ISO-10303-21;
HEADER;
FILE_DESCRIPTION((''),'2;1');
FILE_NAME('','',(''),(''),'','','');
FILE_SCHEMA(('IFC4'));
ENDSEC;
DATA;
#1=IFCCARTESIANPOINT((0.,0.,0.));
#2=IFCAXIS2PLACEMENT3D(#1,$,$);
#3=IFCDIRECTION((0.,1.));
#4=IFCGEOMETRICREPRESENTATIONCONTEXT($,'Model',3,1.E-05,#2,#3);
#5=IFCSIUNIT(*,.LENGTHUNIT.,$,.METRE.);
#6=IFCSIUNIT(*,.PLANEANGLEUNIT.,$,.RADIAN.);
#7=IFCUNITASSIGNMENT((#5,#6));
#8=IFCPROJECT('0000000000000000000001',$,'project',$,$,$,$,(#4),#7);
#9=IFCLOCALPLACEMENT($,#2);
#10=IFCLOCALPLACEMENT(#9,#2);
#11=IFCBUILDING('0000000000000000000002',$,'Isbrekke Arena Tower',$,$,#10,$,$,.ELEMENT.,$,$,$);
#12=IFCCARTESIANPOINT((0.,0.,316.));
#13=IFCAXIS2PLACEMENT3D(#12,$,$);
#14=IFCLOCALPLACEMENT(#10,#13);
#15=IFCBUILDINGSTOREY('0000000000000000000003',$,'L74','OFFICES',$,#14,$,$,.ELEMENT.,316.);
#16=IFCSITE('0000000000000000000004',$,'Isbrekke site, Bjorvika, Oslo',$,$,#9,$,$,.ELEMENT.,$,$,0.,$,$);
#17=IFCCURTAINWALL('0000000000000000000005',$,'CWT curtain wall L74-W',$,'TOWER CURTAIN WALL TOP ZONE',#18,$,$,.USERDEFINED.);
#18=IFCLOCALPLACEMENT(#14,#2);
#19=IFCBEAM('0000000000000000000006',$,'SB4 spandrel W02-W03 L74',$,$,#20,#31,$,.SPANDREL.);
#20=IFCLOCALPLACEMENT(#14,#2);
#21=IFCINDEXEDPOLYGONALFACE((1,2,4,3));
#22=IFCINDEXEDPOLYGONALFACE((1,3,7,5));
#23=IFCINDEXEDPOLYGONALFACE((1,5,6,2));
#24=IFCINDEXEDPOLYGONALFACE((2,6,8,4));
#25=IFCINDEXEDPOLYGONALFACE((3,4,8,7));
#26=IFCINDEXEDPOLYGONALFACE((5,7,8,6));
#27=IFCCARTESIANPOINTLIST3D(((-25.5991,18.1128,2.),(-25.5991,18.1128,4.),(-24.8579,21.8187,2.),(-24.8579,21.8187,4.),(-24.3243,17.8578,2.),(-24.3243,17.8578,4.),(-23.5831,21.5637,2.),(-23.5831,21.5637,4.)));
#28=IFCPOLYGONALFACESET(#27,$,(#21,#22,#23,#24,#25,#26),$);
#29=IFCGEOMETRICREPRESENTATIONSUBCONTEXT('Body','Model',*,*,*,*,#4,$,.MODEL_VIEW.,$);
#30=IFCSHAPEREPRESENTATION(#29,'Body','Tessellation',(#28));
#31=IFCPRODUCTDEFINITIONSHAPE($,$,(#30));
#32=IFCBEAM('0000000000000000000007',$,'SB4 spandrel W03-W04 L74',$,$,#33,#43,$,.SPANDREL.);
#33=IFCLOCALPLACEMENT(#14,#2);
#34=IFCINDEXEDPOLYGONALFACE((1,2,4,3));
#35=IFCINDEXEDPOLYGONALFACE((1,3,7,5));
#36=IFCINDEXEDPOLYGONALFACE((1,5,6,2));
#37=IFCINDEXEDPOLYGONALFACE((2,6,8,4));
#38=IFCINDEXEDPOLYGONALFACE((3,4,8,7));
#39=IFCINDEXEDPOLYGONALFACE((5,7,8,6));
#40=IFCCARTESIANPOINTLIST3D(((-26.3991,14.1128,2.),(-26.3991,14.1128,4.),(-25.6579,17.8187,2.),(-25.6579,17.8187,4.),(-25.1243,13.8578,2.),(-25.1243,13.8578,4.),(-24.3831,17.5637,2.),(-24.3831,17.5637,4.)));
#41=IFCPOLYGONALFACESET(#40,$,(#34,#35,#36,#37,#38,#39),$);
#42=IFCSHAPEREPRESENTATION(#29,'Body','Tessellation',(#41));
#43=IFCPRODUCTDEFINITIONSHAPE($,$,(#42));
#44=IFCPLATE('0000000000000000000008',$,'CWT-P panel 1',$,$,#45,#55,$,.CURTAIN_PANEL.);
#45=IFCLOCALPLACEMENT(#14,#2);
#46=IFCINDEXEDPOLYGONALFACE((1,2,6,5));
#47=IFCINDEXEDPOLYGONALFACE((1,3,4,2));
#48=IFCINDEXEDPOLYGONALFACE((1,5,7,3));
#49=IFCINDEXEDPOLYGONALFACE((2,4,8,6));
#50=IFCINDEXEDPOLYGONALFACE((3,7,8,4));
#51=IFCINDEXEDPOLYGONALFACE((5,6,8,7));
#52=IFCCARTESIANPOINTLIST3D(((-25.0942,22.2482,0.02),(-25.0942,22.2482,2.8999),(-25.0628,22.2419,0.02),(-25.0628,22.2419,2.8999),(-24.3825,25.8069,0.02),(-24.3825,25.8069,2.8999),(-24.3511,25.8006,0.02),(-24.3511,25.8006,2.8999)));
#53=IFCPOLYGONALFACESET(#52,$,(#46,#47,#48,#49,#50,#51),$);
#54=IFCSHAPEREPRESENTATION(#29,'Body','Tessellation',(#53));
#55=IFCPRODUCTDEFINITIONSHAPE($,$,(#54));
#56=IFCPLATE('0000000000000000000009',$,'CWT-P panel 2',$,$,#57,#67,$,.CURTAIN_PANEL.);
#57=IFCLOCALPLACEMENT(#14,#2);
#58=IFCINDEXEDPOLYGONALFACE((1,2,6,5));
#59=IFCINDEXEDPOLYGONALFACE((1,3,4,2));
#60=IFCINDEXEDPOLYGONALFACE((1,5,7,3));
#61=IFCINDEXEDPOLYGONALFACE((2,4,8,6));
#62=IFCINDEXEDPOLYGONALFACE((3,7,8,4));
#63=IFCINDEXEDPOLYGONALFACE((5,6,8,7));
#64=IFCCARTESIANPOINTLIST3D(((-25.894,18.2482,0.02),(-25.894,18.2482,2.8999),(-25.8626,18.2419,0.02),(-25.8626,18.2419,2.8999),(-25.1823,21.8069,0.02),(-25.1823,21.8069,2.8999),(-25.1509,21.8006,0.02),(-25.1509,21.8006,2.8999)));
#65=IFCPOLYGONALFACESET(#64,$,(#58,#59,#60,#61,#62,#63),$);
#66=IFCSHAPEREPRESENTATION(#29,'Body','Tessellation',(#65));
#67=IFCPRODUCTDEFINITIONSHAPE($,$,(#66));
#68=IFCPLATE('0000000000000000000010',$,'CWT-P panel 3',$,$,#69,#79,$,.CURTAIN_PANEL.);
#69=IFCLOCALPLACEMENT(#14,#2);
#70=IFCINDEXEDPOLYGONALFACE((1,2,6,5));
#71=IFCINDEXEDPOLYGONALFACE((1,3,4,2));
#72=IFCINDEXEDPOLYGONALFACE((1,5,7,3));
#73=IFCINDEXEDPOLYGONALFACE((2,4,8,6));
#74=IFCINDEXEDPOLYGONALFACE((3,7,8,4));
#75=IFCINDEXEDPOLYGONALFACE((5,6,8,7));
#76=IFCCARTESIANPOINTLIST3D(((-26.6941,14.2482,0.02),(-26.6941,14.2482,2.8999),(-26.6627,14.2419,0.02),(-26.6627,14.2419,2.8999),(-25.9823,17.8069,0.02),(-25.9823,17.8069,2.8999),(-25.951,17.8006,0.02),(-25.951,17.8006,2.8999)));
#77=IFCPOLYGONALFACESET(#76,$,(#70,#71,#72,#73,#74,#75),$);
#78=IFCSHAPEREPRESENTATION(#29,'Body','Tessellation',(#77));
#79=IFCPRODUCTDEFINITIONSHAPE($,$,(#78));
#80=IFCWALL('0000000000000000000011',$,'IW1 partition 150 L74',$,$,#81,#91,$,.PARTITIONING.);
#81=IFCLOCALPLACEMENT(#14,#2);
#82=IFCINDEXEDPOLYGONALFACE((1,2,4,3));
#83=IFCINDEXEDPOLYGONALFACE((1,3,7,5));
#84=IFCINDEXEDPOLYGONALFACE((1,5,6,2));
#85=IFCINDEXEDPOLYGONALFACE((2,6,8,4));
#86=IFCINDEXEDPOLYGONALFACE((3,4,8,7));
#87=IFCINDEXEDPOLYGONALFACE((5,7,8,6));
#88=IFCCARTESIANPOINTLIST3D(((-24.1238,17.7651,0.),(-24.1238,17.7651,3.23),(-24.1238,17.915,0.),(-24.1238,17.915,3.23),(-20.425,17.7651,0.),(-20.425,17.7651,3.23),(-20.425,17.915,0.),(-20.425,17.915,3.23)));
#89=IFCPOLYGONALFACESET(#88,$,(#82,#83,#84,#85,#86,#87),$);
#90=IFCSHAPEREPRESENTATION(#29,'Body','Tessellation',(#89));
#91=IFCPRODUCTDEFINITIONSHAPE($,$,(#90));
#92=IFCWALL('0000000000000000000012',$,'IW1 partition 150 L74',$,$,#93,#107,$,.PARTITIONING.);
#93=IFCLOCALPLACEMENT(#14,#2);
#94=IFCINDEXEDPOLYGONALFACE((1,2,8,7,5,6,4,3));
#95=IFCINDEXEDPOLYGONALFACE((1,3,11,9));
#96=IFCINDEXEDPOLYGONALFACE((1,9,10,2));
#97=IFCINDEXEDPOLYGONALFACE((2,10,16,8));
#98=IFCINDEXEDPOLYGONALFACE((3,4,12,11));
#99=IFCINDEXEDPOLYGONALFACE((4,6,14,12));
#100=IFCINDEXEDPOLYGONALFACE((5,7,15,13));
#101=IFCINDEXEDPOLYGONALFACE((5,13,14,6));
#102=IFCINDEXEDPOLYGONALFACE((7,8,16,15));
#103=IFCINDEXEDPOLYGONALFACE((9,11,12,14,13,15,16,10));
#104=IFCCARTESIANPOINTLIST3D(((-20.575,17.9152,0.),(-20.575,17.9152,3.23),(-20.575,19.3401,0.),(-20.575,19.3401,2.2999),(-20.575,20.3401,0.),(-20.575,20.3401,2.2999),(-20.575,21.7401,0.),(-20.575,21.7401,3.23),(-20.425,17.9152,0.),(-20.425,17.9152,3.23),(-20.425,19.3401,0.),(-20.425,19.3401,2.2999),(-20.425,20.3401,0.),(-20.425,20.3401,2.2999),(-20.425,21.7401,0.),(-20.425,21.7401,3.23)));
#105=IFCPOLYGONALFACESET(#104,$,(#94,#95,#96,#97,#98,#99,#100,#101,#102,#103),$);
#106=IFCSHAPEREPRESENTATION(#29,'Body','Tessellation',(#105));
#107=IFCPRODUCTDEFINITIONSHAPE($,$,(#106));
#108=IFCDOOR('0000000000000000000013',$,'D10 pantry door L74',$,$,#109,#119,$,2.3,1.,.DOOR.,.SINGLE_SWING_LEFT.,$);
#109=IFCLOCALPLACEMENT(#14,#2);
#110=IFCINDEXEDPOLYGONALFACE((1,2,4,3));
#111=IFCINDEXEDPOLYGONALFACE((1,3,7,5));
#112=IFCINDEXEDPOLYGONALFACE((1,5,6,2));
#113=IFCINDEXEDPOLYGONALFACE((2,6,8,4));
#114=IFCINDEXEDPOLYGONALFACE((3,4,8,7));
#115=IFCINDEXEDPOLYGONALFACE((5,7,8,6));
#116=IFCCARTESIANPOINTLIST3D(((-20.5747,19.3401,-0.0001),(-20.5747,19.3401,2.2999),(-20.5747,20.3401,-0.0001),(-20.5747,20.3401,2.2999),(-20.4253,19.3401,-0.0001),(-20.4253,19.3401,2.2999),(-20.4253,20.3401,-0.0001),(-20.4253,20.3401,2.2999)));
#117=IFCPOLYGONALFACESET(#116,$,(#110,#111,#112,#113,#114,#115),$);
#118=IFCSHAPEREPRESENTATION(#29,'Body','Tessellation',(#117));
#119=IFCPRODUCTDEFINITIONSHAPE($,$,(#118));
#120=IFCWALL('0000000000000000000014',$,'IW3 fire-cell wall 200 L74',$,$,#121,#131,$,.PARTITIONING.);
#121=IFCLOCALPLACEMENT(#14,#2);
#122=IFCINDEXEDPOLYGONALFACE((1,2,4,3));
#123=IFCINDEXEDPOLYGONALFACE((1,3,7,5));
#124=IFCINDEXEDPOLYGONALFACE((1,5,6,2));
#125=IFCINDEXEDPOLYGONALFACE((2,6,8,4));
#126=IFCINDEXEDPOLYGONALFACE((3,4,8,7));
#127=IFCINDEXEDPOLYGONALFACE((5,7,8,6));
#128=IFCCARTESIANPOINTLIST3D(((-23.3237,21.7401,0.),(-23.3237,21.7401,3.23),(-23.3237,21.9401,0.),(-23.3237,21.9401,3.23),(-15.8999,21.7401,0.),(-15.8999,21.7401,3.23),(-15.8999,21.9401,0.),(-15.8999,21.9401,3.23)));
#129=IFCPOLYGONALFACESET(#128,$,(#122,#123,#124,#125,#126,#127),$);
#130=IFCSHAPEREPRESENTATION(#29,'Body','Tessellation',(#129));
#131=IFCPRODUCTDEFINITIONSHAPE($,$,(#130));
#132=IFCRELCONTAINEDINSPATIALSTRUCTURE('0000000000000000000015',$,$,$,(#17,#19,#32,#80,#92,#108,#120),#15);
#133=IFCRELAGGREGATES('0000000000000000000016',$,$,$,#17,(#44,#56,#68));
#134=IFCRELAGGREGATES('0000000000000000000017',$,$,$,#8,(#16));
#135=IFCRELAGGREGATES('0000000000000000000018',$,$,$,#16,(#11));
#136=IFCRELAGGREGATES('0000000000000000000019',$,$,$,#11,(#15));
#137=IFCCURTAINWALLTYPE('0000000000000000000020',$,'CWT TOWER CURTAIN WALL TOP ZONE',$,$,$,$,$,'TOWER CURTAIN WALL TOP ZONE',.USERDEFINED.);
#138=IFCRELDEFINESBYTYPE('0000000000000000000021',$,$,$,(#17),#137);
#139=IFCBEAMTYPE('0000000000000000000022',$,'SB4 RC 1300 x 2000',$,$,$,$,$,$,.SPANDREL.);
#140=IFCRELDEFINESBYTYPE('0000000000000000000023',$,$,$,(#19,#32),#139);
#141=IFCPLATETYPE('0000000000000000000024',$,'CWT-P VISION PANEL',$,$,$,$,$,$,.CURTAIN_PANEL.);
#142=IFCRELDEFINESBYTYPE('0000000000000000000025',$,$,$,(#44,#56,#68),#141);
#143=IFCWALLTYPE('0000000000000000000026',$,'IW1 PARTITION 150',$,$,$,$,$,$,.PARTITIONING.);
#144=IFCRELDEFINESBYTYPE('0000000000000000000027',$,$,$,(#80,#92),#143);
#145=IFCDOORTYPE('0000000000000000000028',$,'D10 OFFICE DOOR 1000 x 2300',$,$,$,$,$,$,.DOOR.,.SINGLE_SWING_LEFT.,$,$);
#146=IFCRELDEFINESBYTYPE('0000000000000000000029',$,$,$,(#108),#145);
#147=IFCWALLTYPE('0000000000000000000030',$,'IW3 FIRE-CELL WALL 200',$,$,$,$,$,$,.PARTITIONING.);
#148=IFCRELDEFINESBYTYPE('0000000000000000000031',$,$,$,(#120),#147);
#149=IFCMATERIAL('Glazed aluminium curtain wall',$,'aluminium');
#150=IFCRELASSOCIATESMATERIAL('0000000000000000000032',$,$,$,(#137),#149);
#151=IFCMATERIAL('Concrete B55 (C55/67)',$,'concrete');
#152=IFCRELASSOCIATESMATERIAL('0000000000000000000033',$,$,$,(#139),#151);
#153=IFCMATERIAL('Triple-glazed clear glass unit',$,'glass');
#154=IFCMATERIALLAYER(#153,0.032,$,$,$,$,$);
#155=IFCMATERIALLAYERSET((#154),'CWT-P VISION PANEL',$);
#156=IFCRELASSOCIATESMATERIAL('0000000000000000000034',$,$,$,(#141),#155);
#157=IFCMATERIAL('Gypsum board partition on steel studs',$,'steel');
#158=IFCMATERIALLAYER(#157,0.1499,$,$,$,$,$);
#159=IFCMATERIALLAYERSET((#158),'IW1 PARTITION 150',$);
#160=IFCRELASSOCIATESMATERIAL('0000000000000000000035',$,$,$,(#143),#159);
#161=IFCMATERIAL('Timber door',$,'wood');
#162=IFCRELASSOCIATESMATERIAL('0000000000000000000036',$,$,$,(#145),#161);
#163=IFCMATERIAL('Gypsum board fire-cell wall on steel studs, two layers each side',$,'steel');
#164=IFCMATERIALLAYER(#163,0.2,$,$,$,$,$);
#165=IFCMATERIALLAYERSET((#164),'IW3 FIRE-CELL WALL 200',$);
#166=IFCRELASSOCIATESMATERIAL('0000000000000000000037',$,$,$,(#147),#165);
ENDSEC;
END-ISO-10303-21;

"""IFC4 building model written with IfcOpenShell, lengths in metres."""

from ifc_helpers import new_model, si_unit, direction, frame, frame_2d, origin, origin_2d, place, context, subcontext, project, spatial, rectangle, extrude, material, layer, layer_set, material_profile, profile_set, type_object, element, fill, aggregate, save


model = new_model("IFC4")

# Units and contexts
model_context = context("Model", 3, precision=1e-05, world=origin(), true_north=direction((0.0, 1.0)))
body_context = subcontext(model_context, "Body", "Model", "MODEL_VIEW")
ifc_project = project(units=[si_unit("LENGTHUNIT", "METRE"), si_unit("PLANEANGLEUNIT", "RADIAN")], contexts=[model_context])

# Site, building, storey
site_placement = place(None, origin())
site = spatial("IfcSite", under=ifc_project, at=site_placement, Name="Isbrekke site, Bjorvika, Oslo", CompositionType="ELEMENT", RefElevation=0.0)
building_placement = place(site_placement, origin())
building = spatial("IfcBuilding", under=site, at=building_placement, Name="Isbrekke Arena Tower", CompositionType="ELEMENT")
storey_placement = place(building_placement, frame((0.0, 0.0, 316.0)))
storey = spatial("IfcBuildingStorey", under=building, at=storey_placement, Name="L74", Description="OFFICES", CompositionType="ELEMENT", Elevation=316.0)

# Curtain wall
ifc_material_1 = material(Name="Glazed aluminium curtain wall", Category="aluminium")
curtain_wall_type = type_object("IfcCurtainWallType", Name="CWT TOWER CURTAIN WALL TOP ZONE", ElementType="TOWER CURTAIN WALL TOP ZONE", PredefinedType="USERDEFINED", material=ifc_material_1)
curtain_wall_placement = place(storey_placement, origin())
curtain_wall = element("IfcCurtainWall", 1, at=curtain_wall_placement, inside=storey, type_object=curtain_wall_type, Name="CWT curtain wall L74-W", ObjectType="TOWER CURTAIN WALL TOP ZONE", PredefinedType="USERDEFINED")

# Beams
ifc_material_2 = material(Name="Concrete B55 (C55/67)", Category="concrete")
ifc_material_profile_1 = material_profile(ifc_material_2, rectangle(XDim=1.3, YDim=2.0, at=origin_2d()), Name="RC 1300x2000")
ifc_profile_set_1 = profile_set([ifc_material_profile_1], Name="Concrete B55 (C55/67)")
beam_type_1 = type_object("IfcBeamType", Name="SB4 RC 1300 x 2000", PredefinedType="SPANDREL", material=ifc_profile_set_1)
for number, where, z_axis, x_axis, name in (
    (2, (-24.2205, 21.6912, 3.0), (-0.196129, -0.980578, 0.0), (0.980578, -0.196129, 0.0), "SB4 spandrel W02-W03 L74"),
    (3, (-25.0205, 17.6912, 3.0), (-0.196129, -0.980578, 0.0), (0.980578, -0.196129, 0.0), "SB4 spandrel W03-W04 L74"),
):
    element("IfcBeam", number, at=place(storey_placement, frame(where, z_axis=z_axis, x_axis=x_axis)), inside=storey, type_object=beam_type_1, Name=name, PredefinedType="SPANDREL", context=body_context, shape_type="SweptSolid", body=[
        extrude(rectangle(XDim=1.3, YDim=2.0, at=origin_2d()), origin(), (0.0, 0.0, 1.0), 3.7793),
    ])

# Plates
ifc_material_3 = material(Name="Triple-glazed clear glass unit", Category="glass")
ifc_layer_1 = layer(ifc_material_3, 0.032)
ifc_layer_set_1 = layer_set([ifc_layer_1], Name="CWT-P VISION PANEL")
plate_type = type_object("IfcPlateType", Name="CWT-P VISION PANEL", PredefinedType="CURTAIN_PANEL", material=ifc_layer_set_1)
plate_1_placement = place(storey_placement, frame((-24.7227, 24.0244, 0.02), z_axis=(0.0, 0.0, 1.0), x_axis=(-0.196116, -0.980581, 0.0)))
plate_1 = element("IfcPlate", 4, at=plate_1_placement, type_object=plate_type, Name="CWT-P panel 1", PredefinedType="CURTAIN_PANEL", context=body_context, shape_type="SweptSolid", body=[
    extrude(rectangle(XDim=3.6292, YDim=0.032, at=origin_2d()), origin(), (0.0, 0.0, 1.0), 2.8799),
])
plate_2_placement = place(storey_placement, frame((-25.5225, 20.0244, 0.02), z_axis=(0.0, 0.0, 1.0), x_axis=(-0.196116, -0.980581, 0.0)))
plate_2 = element("IfcPlate", 5, at=plate_2_placement, type_object=plate_type, Name="CWT-P panel 2", PredefinedType="CURTAIN_PANEL", context=body_context, shape_type="SweptSolid", body=[
    extrude(rectangle(XDim=3.6292, YDim=0.032, at=origin_2d()), origin(), (0.0, 0.0, 1.0), 2.8799),
])
plate_3_placement = place(storey_placement, frame((-26.3225, 16.0244, 0.02), z_axis=(0.0, 0.0, 1.0), x_axis=(-0.196116, -0.980581, 0.0)))
plate_3 = element("IfcPlate", 6, at=plate_3_placement, type_object=plate_type, Name="CWT-P panel 3", PredefinedType="CURTAIN_PANEL", context=body_context, shape_type="SweptSolid", body=[
    extrude(rectangle(XDim=3.6292, YDim=0.032, at=origin_2d()), origin(), (0.0, 0.0, 1.0), 2.8799),
])
aggregate(curtain_wall, [plate_1, plate_2, plate_3])

# Wall
ifc_material_4 = material(Name="Gypsum board partition on steel studs", Category="steel")
ifc_layer_2 = layer(ifc_material_4, 0.1499)
ifc_layer_set_2 = layer_set([ifc_layer_2], Name="IW1 PARTITION 150")
wall_type_1 = type_object("IfcWallType", Name="IW1 PARTITION 150", PredefinedType="PARTITIONING", material=ifc_layer_set_2)
wall_1_placement = place(storey_placement, frame((-24.1238, 17.8401, 0.0), z_axis=(0.0, 0.0, 1.0), x_axis=(1.0, 0.0, 0.0)))
element("IfcWall", 7, at=wall_1_placement, inside=storey, type_object=wall_type_1, Name="IW1 partition 150 L74", PredefinedType="PARTITIONING", context=body_context, shape_type="SweptSolid", body=[
    extrude(rectangle(XDim=3.6987, YDim=0.1499, at=frame_2d((1.8494, 0.0))), origin(), (0.0, 0.0, 1.0), 3.23),
])

# Wall, opening, door
wall_2_placement = place(storey_placement, frame((-20.5, 17.915, 0.0), z_axis=(0.0, 0.0, 1.0), x_axis=(0.0, 1.0, 0.0)))
wall_2 = element("IfcWall", 8, at=wall_2_placement, inside=storey, type_object=wall_type_1, Name="IW1 partition 150 L74", PredefinedType="PARTITIONING", context=body_context, shape_type="SweptSolid", body=[
    extrude(rectangle(XDim=3.825, YDim=0.1499, at=frame_2d((1.9126, 0.0))), origin(), (0.0, 0.0, 1.0), 3.23),
])
opening_1_placement = place(wall_2_placement, frame((1.425, 0.0, 0.0)))
opening_1 = element("IfcOpeningElement", 9, at=opening_1_placement, cuts=wall_2, PredefinedType="OPENING", context=body_context, shape_type="SweptSolid", body=[
    extrude(rectangle(XDim=1.0, YDim=2.3, at=frame_2d((0.5, 1.1499))), frame((0.0, 0.0898, 0.0), z_axis=(0.0, -1.0, 0.0), x_axis=(1.0, 0.0, 0.0)), (0.0, 0.0, 1.0), 0.1797),
])
ifc_material_5 = material(Name="Timber door", Category="wood")
door_type_1 = type_object("IfcDoorType", Name="D10 OFFICE DOOR 1000 x 2300", OperationType="SINGLE_SWING_LEFT", PredefinedType="DOOR", material=ifc_material_5)
door_1_placement = place(opening_1_placement, origin())
door_1 = element("IfcDoor", 10, at=door_1_placement, inside=storey, type_object=door_type_1, Name="D10 pantry door L74", OperationType="SINGLE_SWING_LEFT", OverallHeight=2.3, OverallWidth=1.0, PredefinedType="DOOR", context=body_context, shape_type="SweptSolid", body=[
    extrude(rectangle(XDim=1.0, YDim=2.3, at=frame_2d((0.5, 1.1499))), frame((0.0, 0.0747, 0.0), z_axis=(0.0, -1.0, 0.0), x_axis=(1.0, 0.0, 0.0)), (0.0, 0.0, 1.0), 0.1494),
])
fill(opening_1, door_1)

# Wall
ifc_material_6 = material(Name="Gypsum board fire-cell wall on steel studs, two layers each side", Category="steel")
ifc_layer_3 = layer(ifc_material_6, 0.2)
ifc_layer_set_3 = layer_set([ifc_layer_3], Name="IW3 FIRE-CELL WALL 200")
wall_type_2 = type_object("IfcWallType", Name="IW3 FIRE-CELL WALL 200", PredefinedType="PARTITIONING", material=ifc_layer_set_3)
wall_3_placement = place(storey_placement, frame((-23.3237, 21.8401, 0.0), z_axis=(0.0, 0.0, 1.0), x_axis=(1.0, 0.0, 0.0)))
element("IfcWall", 11, at=wall_3_placement, inside=storey, type_object=wall_type_2, Name="IW3 fire-cell wall 200 L74", PredefinedType="PARTITIONING", context=body_context, shape_type="SweptSolid", body=[
    extrude(rectangle(XDim=7.4238, YDim=0.2, at=frame_2d((3.7119, 0.0))), origin(), (0.0, 0.0, 1.0), 3.23),
])

save(model, "model.ifc")
